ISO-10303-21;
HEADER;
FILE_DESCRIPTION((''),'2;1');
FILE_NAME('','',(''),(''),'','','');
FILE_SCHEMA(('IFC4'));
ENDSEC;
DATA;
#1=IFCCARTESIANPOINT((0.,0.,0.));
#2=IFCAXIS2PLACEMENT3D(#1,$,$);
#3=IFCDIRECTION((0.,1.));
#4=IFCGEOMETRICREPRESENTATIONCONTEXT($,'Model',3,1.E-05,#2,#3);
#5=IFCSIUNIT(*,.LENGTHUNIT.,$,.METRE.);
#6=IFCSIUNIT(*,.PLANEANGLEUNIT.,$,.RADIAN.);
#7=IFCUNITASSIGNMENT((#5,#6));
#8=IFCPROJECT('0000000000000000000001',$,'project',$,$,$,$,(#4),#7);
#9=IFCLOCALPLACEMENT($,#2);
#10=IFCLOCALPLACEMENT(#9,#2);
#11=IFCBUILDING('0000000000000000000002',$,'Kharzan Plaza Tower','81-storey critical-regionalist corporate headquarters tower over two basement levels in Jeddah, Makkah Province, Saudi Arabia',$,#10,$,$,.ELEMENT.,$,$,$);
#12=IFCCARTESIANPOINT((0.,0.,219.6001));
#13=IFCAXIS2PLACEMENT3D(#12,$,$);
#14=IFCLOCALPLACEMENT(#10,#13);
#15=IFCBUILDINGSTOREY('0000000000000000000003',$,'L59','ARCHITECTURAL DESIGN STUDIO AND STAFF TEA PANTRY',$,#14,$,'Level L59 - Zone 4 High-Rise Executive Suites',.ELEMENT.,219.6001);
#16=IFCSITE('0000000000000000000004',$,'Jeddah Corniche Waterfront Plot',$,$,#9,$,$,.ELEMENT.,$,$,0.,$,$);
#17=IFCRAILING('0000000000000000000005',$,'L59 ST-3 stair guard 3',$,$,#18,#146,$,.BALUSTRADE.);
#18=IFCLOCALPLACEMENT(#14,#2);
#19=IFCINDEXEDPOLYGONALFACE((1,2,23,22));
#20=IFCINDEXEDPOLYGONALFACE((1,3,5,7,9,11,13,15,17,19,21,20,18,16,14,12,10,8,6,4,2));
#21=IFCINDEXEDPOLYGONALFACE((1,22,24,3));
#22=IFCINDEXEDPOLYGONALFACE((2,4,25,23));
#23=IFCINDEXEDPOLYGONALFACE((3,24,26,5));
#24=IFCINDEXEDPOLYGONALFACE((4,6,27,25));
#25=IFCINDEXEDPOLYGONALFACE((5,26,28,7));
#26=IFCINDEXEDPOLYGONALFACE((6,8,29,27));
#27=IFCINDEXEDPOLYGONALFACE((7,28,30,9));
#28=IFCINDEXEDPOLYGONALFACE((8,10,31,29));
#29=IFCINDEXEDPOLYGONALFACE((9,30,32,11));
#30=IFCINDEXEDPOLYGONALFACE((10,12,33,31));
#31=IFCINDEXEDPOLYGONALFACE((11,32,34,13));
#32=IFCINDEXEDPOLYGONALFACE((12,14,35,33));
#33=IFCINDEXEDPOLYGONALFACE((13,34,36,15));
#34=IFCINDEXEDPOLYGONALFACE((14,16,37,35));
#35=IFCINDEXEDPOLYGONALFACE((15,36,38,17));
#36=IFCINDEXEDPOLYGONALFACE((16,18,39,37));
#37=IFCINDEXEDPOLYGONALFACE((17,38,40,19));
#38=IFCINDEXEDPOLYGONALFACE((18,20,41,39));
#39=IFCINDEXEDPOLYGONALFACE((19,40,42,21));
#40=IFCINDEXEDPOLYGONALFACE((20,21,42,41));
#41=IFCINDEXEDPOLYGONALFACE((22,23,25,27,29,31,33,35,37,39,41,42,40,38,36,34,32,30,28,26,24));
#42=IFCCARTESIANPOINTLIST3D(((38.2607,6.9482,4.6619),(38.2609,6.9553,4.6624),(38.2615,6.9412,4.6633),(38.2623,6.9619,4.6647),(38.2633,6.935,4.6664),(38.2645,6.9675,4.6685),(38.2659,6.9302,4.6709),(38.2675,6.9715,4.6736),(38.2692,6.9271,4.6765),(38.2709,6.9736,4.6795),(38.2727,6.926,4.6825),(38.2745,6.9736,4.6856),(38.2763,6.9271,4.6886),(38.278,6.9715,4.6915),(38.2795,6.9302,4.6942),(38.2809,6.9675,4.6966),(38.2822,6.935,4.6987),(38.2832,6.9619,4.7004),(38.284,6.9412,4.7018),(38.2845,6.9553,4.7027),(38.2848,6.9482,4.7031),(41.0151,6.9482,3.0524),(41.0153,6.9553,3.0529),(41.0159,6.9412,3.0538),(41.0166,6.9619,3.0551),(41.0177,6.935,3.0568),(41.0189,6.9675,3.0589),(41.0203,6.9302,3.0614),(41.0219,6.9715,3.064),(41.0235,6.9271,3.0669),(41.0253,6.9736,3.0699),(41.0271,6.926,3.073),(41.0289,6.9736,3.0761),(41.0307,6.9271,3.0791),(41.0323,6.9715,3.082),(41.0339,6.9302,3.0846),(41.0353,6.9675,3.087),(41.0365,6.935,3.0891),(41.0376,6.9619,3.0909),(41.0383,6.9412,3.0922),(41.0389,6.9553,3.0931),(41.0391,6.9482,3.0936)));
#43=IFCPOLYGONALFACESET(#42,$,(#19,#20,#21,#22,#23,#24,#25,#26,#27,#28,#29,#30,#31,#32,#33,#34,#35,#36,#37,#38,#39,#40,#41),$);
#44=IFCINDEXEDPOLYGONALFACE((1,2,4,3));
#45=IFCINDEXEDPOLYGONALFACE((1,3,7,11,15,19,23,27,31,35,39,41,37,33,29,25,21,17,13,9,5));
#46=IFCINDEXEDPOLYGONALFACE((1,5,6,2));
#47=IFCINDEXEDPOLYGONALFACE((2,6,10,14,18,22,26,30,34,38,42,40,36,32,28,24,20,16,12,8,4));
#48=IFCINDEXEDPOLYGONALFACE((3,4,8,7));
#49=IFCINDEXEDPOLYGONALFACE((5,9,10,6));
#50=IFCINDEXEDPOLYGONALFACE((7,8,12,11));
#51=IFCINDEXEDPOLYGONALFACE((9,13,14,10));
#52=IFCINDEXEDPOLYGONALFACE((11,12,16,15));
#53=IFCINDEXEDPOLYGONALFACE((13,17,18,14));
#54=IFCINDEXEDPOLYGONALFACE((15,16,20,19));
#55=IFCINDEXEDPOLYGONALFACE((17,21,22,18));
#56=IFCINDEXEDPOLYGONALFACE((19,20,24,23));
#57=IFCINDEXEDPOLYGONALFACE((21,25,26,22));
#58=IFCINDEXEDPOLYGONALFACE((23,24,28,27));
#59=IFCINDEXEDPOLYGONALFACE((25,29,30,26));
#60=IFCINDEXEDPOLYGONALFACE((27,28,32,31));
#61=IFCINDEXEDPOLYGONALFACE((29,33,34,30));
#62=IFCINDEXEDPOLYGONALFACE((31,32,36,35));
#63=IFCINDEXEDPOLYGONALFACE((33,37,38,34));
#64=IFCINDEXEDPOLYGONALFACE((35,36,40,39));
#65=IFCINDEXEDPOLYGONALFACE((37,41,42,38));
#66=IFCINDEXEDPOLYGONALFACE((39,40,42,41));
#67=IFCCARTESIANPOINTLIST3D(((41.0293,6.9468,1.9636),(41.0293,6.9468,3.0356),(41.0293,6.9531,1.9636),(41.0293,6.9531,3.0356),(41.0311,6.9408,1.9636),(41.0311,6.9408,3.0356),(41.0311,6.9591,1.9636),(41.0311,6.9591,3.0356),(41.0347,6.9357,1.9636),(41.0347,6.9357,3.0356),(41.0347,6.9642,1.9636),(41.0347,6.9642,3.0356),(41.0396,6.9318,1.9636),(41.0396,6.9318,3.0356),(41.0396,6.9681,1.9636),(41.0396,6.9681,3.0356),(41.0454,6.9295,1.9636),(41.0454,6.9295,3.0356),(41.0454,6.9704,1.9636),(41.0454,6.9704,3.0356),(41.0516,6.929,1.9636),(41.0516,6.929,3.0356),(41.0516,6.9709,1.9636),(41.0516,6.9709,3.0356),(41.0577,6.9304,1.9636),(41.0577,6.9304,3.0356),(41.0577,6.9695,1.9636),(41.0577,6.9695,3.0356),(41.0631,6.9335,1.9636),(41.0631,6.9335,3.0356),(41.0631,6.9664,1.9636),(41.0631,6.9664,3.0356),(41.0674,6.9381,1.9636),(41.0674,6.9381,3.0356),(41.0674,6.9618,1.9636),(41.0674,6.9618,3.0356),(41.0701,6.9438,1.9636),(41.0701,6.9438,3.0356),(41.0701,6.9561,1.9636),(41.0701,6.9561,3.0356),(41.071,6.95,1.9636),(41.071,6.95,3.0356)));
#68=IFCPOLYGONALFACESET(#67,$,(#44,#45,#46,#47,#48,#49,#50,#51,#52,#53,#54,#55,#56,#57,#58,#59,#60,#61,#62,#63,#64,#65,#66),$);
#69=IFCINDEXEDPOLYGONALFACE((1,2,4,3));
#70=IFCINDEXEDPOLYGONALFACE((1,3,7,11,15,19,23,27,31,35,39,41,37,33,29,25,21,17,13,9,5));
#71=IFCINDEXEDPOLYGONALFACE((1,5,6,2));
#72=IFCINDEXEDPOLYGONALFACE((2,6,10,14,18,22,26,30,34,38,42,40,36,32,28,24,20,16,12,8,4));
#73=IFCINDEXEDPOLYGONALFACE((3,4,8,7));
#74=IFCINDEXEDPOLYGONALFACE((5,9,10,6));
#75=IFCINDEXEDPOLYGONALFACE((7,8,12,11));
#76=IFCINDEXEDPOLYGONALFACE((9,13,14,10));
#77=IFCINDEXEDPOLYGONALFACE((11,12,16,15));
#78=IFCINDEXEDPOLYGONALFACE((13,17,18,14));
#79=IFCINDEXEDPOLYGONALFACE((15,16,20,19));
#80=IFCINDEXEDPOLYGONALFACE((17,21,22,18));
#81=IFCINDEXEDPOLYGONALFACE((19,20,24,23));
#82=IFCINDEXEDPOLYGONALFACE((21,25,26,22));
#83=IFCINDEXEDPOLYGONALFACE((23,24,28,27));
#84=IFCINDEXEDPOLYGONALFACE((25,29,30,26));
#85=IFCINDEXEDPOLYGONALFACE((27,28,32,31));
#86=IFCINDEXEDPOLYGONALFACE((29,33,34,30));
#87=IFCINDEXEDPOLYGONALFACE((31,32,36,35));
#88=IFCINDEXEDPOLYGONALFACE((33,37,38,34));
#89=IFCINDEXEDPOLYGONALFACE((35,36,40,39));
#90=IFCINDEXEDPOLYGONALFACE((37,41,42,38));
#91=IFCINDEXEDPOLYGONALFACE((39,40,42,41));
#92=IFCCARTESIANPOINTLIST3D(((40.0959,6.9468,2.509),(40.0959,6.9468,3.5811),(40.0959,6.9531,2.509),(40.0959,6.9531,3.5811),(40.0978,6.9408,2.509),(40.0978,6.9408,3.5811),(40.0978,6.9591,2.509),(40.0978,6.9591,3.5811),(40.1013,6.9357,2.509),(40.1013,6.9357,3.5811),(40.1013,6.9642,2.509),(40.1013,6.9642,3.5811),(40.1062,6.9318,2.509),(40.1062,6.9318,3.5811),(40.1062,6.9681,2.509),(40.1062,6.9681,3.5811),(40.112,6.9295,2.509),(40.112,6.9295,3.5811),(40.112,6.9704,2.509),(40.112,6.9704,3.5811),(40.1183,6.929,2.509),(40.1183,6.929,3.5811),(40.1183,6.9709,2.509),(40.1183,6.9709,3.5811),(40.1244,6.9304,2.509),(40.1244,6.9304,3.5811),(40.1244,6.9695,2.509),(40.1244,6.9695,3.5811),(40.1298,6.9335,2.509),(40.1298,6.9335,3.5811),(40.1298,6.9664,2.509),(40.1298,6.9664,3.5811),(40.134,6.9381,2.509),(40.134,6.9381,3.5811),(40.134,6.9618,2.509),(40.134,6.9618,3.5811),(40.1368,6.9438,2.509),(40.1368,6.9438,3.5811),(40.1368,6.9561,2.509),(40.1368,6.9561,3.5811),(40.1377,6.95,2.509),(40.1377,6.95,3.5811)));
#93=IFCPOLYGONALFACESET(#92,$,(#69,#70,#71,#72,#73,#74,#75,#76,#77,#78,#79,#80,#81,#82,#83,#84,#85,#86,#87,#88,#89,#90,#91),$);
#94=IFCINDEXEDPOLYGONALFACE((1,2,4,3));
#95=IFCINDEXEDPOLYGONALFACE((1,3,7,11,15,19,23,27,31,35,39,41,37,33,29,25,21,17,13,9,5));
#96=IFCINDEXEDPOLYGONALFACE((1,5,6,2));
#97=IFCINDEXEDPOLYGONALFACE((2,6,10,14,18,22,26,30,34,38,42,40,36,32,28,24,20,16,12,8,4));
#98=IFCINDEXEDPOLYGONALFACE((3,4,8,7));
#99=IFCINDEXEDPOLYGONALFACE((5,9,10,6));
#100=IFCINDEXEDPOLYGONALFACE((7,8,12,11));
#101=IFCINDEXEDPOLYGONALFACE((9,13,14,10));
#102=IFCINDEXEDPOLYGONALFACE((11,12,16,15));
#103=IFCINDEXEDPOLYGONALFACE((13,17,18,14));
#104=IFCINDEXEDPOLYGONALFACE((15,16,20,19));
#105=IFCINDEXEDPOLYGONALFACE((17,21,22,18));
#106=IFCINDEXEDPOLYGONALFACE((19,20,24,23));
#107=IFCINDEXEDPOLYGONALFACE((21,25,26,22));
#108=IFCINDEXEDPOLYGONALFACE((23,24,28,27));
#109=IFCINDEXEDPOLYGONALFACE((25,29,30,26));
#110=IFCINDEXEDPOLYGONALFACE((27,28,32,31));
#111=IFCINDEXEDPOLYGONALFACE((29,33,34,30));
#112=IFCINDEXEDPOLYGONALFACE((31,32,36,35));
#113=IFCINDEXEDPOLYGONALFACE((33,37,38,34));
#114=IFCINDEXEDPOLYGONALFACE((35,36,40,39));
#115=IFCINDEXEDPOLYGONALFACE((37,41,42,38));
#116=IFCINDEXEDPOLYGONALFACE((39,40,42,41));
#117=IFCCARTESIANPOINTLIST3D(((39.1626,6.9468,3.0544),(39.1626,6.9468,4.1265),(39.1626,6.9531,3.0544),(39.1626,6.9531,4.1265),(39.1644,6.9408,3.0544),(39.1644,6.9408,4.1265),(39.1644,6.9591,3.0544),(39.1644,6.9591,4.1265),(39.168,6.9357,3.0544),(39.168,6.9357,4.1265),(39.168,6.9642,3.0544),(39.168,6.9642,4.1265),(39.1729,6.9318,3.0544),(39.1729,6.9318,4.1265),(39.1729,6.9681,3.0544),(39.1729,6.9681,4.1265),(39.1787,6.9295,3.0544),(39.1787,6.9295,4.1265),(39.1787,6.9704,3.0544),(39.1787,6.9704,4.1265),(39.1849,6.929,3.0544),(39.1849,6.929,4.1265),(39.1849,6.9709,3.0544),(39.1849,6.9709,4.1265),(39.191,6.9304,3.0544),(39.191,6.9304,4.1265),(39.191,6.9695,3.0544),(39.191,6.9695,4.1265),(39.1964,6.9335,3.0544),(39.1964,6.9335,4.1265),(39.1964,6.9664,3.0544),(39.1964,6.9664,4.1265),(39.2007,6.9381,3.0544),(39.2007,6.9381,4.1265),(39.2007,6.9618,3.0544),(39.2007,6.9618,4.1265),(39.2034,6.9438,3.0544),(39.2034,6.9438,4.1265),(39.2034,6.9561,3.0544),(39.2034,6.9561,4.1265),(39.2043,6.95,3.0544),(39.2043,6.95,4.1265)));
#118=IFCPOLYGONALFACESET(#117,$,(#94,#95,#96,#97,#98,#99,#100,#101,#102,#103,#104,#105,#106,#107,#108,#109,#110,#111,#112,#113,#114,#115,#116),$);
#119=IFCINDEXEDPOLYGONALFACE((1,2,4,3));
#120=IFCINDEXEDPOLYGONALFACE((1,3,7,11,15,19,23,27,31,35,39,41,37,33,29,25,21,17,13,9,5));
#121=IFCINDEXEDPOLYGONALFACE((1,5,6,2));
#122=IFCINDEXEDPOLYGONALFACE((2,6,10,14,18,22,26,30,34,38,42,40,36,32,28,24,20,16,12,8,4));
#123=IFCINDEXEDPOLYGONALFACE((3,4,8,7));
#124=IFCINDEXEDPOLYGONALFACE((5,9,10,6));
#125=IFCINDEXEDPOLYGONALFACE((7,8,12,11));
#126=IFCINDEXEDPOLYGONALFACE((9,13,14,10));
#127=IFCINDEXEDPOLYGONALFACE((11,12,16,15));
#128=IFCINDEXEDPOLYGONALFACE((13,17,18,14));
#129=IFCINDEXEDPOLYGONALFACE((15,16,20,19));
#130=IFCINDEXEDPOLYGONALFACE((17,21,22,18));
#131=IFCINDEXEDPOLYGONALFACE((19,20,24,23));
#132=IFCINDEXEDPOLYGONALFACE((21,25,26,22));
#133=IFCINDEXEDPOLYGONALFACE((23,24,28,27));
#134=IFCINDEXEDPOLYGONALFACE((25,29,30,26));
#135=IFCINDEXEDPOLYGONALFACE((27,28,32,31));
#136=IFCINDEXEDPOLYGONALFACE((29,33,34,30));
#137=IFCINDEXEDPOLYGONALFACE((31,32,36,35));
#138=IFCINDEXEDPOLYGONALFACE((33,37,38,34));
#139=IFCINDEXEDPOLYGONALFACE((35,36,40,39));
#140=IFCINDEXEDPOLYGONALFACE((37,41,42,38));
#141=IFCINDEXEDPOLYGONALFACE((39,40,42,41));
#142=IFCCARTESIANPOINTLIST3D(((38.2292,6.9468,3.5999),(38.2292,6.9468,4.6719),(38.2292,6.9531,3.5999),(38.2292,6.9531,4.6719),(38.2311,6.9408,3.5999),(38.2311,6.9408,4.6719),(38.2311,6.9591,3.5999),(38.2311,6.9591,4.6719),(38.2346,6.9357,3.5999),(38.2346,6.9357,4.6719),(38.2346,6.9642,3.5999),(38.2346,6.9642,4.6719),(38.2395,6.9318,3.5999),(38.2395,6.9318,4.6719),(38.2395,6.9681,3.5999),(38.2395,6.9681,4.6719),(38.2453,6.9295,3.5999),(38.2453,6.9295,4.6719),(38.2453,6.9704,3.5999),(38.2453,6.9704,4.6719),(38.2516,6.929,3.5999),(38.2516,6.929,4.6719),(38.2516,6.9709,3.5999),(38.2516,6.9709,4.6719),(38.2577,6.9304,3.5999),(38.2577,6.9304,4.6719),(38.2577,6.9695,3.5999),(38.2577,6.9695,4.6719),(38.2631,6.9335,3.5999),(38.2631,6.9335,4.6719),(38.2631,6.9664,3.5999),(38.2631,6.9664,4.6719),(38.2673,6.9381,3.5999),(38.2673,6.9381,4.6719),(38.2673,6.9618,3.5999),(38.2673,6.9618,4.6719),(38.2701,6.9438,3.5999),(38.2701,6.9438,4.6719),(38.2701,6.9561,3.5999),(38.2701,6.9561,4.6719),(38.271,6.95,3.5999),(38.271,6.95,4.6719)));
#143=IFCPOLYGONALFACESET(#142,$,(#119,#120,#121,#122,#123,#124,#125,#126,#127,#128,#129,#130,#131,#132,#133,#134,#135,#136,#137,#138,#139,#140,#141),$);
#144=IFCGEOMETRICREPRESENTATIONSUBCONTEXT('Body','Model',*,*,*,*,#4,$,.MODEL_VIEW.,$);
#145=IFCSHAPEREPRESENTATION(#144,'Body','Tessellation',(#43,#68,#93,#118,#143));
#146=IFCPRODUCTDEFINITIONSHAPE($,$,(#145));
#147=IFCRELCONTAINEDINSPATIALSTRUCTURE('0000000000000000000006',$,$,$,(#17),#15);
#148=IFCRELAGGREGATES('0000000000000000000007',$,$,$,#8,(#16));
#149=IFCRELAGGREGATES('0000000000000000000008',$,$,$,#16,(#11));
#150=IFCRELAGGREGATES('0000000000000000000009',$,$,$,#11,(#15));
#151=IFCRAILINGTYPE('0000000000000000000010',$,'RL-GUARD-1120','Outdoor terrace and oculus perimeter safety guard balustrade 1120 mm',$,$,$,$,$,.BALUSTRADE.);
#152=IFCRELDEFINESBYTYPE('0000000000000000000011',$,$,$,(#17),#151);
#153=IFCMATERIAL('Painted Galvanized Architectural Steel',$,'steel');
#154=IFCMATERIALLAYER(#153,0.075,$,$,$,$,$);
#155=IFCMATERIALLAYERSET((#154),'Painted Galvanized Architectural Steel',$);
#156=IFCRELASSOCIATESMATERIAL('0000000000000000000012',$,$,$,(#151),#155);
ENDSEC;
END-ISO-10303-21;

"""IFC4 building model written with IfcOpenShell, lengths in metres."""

from ifc_helpers import new_model, si_unit, direction, frame, origin, origin_2d, place, context, subcontext, project, spatial, circle, extrude, source, transform, mapped, material, layer, layer_set, type_object, element, save


model = new_model("IFC4")

# Units and contexts
model_context = context("Model", 3, precision=1e-05, world=origin(), true_north=direction((0.0, 1.0)))
body_context = subcontext(model_context, "Body", "Model", "MODEL_VIEW")
ifc_project = project(units=[si_unit("LENGTHUNIT", "METRE"), si_unit("PLANEANGLEUNIT", "RADIAN")], contexts=[model_context])

# Site, building, storey
site_placement = place(None, origin())
site = spatial("IfcSite", under=ifc_project, at=site_placement, Name="Jeddah Corniche Waterfront Plot", CompositionType="ELEMENT", RefElevation=0.0)
building_placement = place(site_placement, origin())
building = spatial("IfcBuilding", under=site, at=building_placement, Name="Kharzan Plaza Tower", Description="81-storey critical-regionalist corporate headquarters tower over two basement levels in Jeddah, Makkah Province, Saudi Arabia", CompositionType="ELEMENT")
storey_placement = place(building_placement, frame((0.0, 0.0, 219.6001)))
storey = spatial("IfcBuildingStorey", under=building, at=storey_placement, Name="L59", Description="ARCHITECTURAL DESIGN STUDIO AND STAFF TEA PANTRY", LongName="Level L59 - Zone 4 High-Rise Executive Suites", CompositionType="ELEMENT", Elevation=219.6001)

# Railing
ifc_material_1 = material(Name="Painted Galvanized Architectural Steel", Category="steel")
ifc_layer_1 = layer(ifc_material_1, 0.075)
ifc_layer_set_1 = layer_set([ifc_layer_1], Name="Painted Galvanized Architectural Steel")
railing_type_1 = type_object("IfcRailingType", Name="RL-GUARD-1120", Description="Outdoor terrace and oculus perimeter safety guard balustrade 1120 mm", PredefinedType="BALUSTRADE", material=ifc_layer_set_1)
shared_shape_1 = source(origin(), body_context, "Body", "SweptSolid", [
    extrude(circle(Radius=0.0239, at=origin_2d()), frame((-0.0229, 0.0, 1.1094), z_axis=(-0.863394, 0.0, 0.504531), x_axis=(0.0, -1.0, 0.0)), (0.0, 0.0, 1.0), 3.1902),
    extrude(circle(Radius=0.021, at=origin_2d()), origin(), (0.0, 0.0, 1.0), 1.072),
    extrude(circle(Radius=0.021, at=origin_2d()), frame((-0.9333, 0.0, 0.5454)), (0.0, 0.0, 1.0), 1.072),
    extrude(circle(Radius=0.021, at=origin_2d()), frame((-1.8667, 0.0, 1.0908)), (0.0, 0.0, 1.0), 1.072),
    extrude(circle(Radius=0.021, at=origin_2d()), frame((-2.8, 0.0, 1.6362)), (0.0, 0.0, 1.0), 1.072),
])
railing_1_placement = place(storey_placement, frame((41.05, 6.95, 1.9636)))
element("IfcRailing", 1, at=railing_1_placement, inside=storey, type_object=railing_type_1, Name="L59 ST-3 stair guard 3", PredefinedType="BALUSTRADE", context=body_context, shape_type="MappedRepresentation", body=[
    mapped(shared_shape_1, transform((0.0, 0.0, 0.0), x_axis=(1.0, 0.0, 0.0), y_axis=(0.0, 1.0, 0.0), z_axis=(0.0, 0.0, 1.0))),
])

save(model, "model.ifc")
